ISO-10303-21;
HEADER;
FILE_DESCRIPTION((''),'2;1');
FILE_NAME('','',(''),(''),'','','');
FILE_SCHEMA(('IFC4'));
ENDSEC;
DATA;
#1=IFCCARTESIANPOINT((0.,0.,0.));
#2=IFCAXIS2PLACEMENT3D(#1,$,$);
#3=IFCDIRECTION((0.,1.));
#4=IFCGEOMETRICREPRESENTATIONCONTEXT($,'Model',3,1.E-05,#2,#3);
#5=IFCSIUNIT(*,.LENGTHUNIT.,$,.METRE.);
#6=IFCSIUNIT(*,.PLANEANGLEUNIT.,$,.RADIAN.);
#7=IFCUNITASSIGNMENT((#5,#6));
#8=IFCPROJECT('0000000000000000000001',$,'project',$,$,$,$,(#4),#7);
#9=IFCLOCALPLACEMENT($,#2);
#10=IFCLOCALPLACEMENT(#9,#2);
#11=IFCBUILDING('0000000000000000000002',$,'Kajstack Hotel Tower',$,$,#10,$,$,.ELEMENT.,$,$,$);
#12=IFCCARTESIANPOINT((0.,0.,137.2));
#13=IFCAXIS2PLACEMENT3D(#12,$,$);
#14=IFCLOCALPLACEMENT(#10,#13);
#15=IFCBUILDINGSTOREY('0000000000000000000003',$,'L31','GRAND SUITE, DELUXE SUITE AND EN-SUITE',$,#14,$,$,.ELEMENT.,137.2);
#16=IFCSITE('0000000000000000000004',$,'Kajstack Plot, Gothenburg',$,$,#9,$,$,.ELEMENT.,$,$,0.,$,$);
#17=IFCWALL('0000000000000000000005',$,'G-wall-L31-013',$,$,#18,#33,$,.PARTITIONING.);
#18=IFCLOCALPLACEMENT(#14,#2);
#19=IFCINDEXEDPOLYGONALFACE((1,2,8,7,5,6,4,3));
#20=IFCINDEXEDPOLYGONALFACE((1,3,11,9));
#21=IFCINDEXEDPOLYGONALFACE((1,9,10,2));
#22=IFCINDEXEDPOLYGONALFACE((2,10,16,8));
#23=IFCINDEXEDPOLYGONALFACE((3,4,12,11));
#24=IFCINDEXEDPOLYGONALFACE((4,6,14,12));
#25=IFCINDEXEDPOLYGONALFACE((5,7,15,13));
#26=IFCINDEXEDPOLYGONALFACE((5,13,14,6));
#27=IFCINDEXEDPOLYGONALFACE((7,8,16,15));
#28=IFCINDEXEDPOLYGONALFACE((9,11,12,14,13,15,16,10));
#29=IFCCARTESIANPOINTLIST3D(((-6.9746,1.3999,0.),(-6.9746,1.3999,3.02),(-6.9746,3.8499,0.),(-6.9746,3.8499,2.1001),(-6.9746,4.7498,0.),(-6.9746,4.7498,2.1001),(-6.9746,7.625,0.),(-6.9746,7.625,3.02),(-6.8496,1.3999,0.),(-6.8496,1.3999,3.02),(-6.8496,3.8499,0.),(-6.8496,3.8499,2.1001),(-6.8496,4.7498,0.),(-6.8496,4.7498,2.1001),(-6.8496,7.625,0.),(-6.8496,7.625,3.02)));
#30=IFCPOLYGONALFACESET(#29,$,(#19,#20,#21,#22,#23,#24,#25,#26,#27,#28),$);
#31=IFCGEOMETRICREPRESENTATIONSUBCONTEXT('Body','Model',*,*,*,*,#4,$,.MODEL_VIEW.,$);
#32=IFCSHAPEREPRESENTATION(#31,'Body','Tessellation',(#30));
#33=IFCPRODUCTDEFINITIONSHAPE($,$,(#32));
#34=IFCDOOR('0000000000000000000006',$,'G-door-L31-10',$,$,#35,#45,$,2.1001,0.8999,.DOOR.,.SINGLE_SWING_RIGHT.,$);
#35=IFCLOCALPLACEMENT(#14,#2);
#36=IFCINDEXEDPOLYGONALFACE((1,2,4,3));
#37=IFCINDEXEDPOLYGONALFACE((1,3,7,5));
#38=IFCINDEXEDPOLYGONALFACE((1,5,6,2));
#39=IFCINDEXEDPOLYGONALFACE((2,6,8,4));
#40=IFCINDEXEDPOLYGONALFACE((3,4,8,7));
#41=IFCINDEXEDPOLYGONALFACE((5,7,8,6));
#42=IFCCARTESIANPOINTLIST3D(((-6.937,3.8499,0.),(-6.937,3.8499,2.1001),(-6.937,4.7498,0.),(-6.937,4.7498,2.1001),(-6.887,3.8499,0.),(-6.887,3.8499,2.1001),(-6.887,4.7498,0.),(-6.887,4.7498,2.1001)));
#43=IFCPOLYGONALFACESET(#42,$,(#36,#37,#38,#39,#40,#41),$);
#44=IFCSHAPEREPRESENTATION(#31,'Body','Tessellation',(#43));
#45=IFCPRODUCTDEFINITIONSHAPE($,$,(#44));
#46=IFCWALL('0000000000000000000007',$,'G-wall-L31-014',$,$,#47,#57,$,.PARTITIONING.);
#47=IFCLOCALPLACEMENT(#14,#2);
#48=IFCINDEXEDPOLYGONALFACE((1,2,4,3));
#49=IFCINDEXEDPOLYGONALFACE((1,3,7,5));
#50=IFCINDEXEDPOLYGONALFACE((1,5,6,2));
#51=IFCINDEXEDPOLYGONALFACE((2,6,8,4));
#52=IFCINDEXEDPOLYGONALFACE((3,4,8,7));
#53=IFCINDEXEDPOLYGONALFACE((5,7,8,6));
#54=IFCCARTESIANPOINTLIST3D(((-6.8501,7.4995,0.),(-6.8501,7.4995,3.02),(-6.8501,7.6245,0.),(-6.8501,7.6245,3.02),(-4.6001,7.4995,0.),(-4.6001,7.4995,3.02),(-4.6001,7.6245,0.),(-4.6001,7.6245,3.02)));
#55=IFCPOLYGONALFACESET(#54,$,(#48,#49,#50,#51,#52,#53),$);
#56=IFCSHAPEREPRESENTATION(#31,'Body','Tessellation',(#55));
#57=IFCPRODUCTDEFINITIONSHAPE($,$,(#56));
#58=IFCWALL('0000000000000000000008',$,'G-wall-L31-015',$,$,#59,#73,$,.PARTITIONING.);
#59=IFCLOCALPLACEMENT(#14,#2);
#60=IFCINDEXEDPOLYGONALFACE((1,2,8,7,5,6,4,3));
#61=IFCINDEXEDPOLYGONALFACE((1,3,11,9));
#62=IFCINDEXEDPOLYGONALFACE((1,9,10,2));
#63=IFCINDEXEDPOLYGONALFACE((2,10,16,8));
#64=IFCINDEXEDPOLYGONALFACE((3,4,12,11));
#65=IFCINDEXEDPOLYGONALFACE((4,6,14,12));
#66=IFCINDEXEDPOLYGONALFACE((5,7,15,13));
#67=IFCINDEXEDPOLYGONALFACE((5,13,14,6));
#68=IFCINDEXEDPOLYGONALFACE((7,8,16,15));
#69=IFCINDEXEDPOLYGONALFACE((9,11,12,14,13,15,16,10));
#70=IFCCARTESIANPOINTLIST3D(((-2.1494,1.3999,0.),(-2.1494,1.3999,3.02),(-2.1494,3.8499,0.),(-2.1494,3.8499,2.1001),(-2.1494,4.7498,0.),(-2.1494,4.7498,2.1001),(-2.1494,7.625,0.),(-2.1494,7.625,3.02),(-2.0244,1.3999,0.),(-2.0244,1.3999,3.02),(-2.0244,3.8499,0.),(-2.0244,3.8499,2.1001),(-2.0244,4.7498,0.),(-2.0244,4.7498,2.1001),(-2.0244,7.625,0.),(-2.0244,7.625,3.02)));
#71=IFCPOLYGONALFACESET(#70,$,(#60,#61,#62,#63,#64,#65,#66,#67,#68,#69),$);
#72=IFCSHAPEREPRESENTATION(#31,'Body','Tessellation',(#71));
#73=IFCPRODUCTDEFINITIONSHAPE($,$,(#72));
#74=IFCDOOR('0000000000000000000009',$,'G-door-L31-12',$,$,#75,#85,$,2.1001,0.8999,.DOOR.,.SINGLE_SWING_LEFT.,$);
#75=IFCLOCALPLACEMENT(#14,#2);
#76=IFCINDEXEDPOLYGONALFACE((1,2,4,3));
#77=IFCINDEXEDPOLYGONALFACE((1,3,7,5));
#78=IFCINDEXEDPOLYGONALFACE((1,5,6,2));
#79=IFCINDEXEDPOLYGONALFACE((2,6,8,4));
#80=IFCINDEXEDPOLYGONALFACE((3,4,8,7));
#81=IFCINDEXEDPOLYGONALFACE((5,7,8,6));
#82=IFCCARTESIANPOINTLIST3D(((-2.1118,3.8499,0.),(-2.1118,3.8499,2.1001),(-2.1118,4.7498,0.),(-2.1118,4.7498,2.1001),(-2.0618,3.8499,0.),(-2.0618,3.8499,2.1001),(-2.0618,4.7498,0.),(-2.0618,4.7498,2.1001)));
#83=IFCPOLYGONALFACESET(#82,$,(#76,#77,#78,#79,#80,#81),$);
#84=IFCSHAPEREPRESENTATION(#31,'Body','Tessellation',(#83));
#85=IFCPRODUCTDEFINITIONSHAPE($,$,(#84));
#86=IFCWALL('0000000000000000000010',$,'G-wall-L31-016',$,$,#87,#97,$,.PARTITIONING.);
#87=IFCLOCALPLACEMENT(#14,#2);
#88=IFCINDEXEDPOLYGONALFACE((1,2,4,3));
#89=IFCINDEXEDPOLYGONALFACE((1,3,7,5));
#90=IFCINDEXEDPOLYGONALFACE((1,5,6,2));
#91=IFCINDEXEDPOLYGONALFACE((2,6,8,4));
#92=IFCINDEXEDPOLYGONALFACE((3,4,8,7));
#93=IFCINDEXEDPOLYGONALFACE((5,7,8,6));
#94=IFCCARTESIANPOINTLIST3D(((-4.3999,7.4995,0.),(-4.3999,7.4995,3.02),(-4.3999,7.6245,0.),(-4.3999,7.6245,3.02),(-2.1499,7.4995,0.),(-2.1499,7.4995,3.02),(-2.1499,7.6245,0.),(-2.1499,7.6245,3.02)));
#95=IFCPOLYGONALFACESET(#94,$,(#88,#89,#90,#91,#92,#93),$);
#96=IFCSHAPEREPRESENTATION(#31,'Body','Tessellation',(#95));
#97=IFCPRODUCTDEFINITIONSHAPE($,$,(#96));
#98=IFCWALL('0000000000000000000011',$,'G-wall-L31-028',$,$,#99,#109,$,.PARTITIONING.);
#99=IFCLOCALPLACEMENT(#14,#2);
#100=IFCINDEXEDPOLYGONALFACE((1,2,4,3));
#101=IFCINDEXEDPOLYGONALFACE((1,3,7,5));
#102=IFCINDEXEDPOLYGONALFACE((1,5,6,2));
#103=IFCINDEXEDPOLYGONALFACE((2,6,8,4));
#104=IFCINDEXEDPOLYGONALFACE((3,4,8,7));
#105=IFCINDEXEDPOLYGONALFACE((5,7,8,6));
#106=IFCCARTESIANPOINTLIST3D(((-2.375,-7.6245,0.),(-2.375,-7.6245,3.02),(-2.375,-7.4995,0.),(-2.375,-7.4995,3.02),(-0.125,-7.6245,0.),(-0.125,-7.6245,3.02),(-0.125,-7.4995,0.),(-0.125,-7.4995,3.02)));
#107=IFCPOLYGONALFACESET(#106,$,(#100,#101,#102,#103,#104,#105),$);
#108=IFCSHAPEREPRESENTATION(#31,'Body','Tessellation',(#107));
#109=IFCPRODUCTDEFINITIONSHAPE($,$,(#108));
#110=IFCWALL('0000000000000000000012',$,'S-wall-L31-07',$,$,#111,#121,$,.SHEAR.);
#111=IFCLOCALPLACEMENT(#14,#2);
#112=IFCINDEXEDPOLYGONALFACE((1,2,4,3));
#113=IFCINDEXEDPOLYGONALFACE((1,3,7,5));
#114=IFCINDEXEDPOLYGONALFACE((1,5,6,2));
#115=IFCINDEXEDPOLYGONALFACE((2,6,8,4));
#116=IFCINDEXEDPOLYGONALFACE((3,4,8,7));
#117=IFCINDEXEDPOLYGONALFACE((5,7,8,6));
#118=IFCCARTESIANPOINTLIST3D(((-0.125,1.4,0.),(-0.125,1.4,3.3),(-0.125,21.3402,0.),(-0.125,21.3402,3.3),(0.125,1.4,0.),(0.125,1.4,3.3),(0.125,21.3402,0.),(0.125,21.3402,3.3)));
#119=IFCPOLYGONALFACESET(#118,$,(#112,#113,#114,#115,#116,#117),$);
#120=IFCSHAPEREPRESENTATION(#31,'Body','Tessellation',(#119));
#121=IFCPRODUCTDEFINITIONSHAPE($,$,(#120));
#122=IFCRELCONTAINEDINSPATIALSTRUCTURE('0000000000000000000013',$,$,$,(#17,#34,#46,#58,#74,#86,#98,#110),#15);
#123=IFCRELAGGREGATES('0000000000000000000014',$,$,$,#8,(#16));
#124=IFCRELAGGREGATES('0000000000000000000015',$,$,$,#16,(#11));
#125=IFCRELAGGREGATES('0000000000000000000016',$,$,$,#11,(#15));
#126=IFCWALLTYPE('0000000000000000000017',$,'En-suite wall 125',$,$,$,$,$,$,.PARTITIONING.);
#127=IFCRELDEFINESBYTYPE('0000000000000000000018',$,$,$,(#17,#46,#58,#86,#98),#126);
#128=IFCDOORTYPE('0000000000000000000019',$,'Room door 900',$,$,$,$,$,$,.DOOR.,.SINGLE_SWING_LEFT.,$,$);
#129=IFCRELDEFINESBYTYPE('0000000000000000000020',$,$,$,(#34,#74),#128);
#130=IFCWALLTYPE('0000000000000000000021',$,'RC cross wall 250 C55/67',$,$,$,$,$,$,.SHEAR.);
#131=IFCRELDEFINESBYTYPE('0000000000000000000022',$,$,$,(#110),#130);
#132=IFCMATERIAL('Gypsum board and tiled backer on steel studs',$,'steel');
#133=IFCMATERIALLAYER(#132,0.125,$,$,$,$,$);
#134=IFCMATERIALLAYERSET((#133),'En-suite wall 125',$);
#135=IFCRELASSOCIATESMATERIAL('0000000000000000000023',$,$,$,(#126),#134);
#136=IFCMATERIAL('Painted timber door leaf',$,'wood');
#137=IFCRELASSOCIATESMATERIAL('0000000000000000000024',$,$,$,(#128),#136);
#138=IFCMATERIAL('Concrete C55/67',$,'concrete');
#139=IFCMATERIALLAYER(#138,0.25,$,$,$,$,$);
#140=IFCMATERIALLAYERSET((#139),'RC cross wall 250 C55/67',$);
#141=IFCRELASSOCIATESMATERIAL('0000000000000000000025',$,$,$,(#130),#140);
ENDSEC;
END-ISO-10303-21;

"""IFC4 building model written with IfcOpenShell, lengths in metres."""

from ifc_helpers import new_model, si_unit, direction, frame, frame_2d, origin, place, context, subcontext, project, spatial, rectangle, extrude, material, layer, layer_set, type_object, element, fill, save


model = new_model("IFC4")

# Units and contexts
model_context = context("Model", 3, precision=1e-05, world=origin(), true_north=direction((0.0, 1.0)))
body_context = subcontext(model_context, "Body", "Model", "MODEL_VIEW")
ifc_project = project(units=[si_unit("LENGTHUNIT", "METRE"), si_unit("PLANEANGLEUNIT", "RADIAN")], contexts=[model_context])

# Site, building, storey
site_placement = place(None, origin())
site = spatial("IfcSite", under=ifc_project, at=site_placement, Name="Kajstack Plot, Gothenburg", CompositionType="ELEMENT", RefElevation=0.0)
building_placement = place(site_placement, origin())
building = spatial("IfcBuilding", under=site, at=building_placement, Name="Kajstack Hotel Tower", CompositionType="ELEMENT")
storey_placement = place(building_placement, frame((0.0, 0.0, 137.2)))
storey = spatial("IfcBuildingStorey", under=building, at=storey_placement, Name="L31", Description="GRAND SUITE, DELUXE SUITE AND EN-SUITE", CompositionType="ELEMENT", Elevation=137.2)

# Wall, opening, door
ifc_material_1 = material(Name="Gypsum board and tiled backer on steel studs", Category="steel")
ifc_layer_1 = layer(ifc_material_1, 0.125)
ifc_layer_set_1 = layer_set([ifc_layer_1], Name="En-suite wall 125")
wall_type_1 = type_object("IfcWallType", Name="En-suite wall 125", PredefinedType="PARTITIONING", material=ifc_layer_set_1)
wall_1_placement = place(storey_placement, frame((-6.9121, 1.3999, 0.0), z_axis=(0.0, 0.0, 1.0), x_axis=(0.0, 1.0, 0.0)))
wall_1 = element("IfcWall", 1, at=wall_1_placement, inside=storey, type_object=wall_type_1, Name="G-wall-L31-013", PredefinedType="PARTITIONING", context=body_context, shape_type="SweptSolid", body=[
    extrude(rectangle(XDim=6.2251, YDim=0.125, at=frame_2d((3.1125, 0.0))), origin(), (0.0, 0.0, 1.0), 3.02),
])
opening_1_placement = place(wall_1_placement, frame((2.45, 0.0, 0.0)))
opening_1 = element("IfcOpeningElement", 2, at=opening_1_placement, cuts=wall_1, PredefinedType="OPENING", context=body_context, shape_type="SweptSolid", body=[
    extrude(rectangle(XDim=0.8999, YDim=2.1001, at=frame_2d((0.45, 1.05))), frame((0.0, 0.0725, 0.0), z_axis=(0.0, -1.0, 0.0), x_axis=(1.0, 0.0, 0.0)), (0.0, 0.0, 1.0), 0.145),
])
ifc_material_2 = material(Name="Painted timber door leaf", Category="wood")
door_type = type_object("IfcDoorType", Name="Room door 900", OperationType="SINGLE_SWING_LEFT", PredefinedType="DOOR", material=ifc_material_2)
door_1_placement = place(opening_1_placement, origin())
door_1 = element("IfcDoor", 3, at=door_1_placement, inside=storey, type_object=door_type, Name="G-door-L31-10", OperationType="SINGLE_SWING_RIGHT", OverallHeight=2.1001, OverallWidth=0.8999, PredefinedType="DOOR", context=body_context, shape_type="SweptSolid", body=[
    extrude(rectangle(XDim=0.8999, YDim=2.1001, at=frame_2d((0.45, 1.05))), frame((0.0, 0.0249, 0.0), z_axis=(0.0, -1.0, 0.0), x_axis=(1.0, 0.0, 0.0)), (0.0, 0.0, 1.0), 0.05),
])
fill(opening_1, door_1)

# Wall
wall_2_placement = place(storey_placement, frame((-6.8501, 7.562, 0.0), z_axis=(0.0, 0.0, 1.0), x_axis=(1.0, 0.0, 0.0)))
element("IfcWall", 4, at=wall_2_placement, inside=storey, type_object=wall_type_1, Name="G-wall-L31-014", PredefinedType="PARTITIONING", context=body_context, shape_type="SweptSolid", body=[
    extrude(rectangle(XDim=2.25, YDim=0.125, at=frame_2d((1.125, 0.0))), origin(), (0.0, 0.0, 1.0), 3.02),
])

# Wall, opening, door
wall_3_placement = place(storey_placement, frame((-2.0869, 1.3999, 0.0), z_axis=(0.0, 0.0, 1.0), x_axis=(0.0, 1.0, 0.0)))
wall_3 = element("IfcWall", 5, at=wall_3_placement, inside=storey, type_object=wall_type_1, Name="G-wall-L31-015", PredefinedType="PARTITIONING", context=body_context, shape_type="SweptSolid", body=[
    extrude(rectangle(XDim=6.2251, YDim=0.125, at=frame_2d((3.1125, 0.0))), origin(), (0.0, 0.0, 1.0), 3.02),
])
opening_2_placement = place(wall_3_placement, frame((2.45, 0.0, 0.0)))
opening_2 = element("IfcOpeningElement", 6, at=opening_2_placement, cuts=wall_3, PredefinedType="OPENING", context=body_context, shape_type="SweptSolid", body=[
    extrude(rectangle(XDim=0.8999, YDim=2.1001, at=frame_2d((0.45, 1.05))), frame((0.0, 0.0725, 0.0), z_axis=(0.0, -1.0, 0.0), x_axis=(1.0, 0.0, 0.0)), (0.0, 0.0, 1.0), 0.145),
])
door_2_placement = place(opening_2_placement, origin())
door_2 = element("IfcDoor", 7, at=door_2_placement, inside=storey, type_object=door_type, Name="G-door-L31-12", OperationType="SINGLE_SWING_LEFT", OverallHeight=2.1001, OverallWidth=0.8999, PredefinedType="DOOR", context=body_context, shape_type="SweptSolid", body=[
    extrude(rectangle(XDim=0.8999, YDim=2.1001, at=frame_2d((0.45, 1.05))), frame((0.0, 0.0249, 0.0), z_axis=(0.0, -1.0, 0.0), x_axis=(1.0, 0.0, 0.0)), (0.0, 0.0, 1.0), 0.05),
])
fill(opening_2, door_2)

# Walls
for number, where, z_axis, x_axis, name in (
    (8, (-4.3999, 7.562, 0.0), (0.0, 0.0, 1.0), (1.0, 0.0, 0.0), "G-wall-L31-016"),
    (9, (-2.375, -7.562, 0.0), (0.0, 0.0, 1.0), (1.0, 0.0, 0.0), "G-wall-L31-028"),
):
    element("IfcWall", number, at=place(storey_placement, frame(where, z_axis=z_axis, x_axis=x_axis)), inside=storey, type_object=wall_type_1, Name=name, PredefinedType="PARTITIONING", context=body_context, shape_type="SweptSolid", body=[
        extrude(rectangle(XDim=2.25, YDim=0.125, at=frame_2d((1.125, 0.0))), origin(), (0.0, 0.0, 1.0), 3.02),
    ])
ifc_material_3 = material(Name="Concrete C55/67", Category="concrete")
ifc_layer_2 = layer(ifc_material_3, 0.25)
ifc_layer_set_2 = layer_set([ifc_layer_2], Name="RC cross wall 250 C55/67")
wall_type_2 = type_object("IfcWallType", Name="RC cross wall 250 C55/67", PredefinedType="SHEAR", material=ifc_layer_set_2)
wall_4_placement = place(storey_placement, frame((0.0, 1.3999, 0.0), z_axis=(0.0, 0.0, 1.0), x_axis=(0.0, 1.0, 0.0)))
element("IfcWall", 10, at=wall_4_placement, inside=storey, type_object=wall_type_2, Name="S-wall-L31-07", PredefinedType="SHEAR", context=body_context, shape_type="SweptSolid", body=[
    extrude(rectangle(XDim=19.9402, YDim=0.25, at=frame_2d((9.9702, 0.0))), origin(), (0.0, 0.0, 1.0), 3.3),
])

save(model, "model.ifc")
